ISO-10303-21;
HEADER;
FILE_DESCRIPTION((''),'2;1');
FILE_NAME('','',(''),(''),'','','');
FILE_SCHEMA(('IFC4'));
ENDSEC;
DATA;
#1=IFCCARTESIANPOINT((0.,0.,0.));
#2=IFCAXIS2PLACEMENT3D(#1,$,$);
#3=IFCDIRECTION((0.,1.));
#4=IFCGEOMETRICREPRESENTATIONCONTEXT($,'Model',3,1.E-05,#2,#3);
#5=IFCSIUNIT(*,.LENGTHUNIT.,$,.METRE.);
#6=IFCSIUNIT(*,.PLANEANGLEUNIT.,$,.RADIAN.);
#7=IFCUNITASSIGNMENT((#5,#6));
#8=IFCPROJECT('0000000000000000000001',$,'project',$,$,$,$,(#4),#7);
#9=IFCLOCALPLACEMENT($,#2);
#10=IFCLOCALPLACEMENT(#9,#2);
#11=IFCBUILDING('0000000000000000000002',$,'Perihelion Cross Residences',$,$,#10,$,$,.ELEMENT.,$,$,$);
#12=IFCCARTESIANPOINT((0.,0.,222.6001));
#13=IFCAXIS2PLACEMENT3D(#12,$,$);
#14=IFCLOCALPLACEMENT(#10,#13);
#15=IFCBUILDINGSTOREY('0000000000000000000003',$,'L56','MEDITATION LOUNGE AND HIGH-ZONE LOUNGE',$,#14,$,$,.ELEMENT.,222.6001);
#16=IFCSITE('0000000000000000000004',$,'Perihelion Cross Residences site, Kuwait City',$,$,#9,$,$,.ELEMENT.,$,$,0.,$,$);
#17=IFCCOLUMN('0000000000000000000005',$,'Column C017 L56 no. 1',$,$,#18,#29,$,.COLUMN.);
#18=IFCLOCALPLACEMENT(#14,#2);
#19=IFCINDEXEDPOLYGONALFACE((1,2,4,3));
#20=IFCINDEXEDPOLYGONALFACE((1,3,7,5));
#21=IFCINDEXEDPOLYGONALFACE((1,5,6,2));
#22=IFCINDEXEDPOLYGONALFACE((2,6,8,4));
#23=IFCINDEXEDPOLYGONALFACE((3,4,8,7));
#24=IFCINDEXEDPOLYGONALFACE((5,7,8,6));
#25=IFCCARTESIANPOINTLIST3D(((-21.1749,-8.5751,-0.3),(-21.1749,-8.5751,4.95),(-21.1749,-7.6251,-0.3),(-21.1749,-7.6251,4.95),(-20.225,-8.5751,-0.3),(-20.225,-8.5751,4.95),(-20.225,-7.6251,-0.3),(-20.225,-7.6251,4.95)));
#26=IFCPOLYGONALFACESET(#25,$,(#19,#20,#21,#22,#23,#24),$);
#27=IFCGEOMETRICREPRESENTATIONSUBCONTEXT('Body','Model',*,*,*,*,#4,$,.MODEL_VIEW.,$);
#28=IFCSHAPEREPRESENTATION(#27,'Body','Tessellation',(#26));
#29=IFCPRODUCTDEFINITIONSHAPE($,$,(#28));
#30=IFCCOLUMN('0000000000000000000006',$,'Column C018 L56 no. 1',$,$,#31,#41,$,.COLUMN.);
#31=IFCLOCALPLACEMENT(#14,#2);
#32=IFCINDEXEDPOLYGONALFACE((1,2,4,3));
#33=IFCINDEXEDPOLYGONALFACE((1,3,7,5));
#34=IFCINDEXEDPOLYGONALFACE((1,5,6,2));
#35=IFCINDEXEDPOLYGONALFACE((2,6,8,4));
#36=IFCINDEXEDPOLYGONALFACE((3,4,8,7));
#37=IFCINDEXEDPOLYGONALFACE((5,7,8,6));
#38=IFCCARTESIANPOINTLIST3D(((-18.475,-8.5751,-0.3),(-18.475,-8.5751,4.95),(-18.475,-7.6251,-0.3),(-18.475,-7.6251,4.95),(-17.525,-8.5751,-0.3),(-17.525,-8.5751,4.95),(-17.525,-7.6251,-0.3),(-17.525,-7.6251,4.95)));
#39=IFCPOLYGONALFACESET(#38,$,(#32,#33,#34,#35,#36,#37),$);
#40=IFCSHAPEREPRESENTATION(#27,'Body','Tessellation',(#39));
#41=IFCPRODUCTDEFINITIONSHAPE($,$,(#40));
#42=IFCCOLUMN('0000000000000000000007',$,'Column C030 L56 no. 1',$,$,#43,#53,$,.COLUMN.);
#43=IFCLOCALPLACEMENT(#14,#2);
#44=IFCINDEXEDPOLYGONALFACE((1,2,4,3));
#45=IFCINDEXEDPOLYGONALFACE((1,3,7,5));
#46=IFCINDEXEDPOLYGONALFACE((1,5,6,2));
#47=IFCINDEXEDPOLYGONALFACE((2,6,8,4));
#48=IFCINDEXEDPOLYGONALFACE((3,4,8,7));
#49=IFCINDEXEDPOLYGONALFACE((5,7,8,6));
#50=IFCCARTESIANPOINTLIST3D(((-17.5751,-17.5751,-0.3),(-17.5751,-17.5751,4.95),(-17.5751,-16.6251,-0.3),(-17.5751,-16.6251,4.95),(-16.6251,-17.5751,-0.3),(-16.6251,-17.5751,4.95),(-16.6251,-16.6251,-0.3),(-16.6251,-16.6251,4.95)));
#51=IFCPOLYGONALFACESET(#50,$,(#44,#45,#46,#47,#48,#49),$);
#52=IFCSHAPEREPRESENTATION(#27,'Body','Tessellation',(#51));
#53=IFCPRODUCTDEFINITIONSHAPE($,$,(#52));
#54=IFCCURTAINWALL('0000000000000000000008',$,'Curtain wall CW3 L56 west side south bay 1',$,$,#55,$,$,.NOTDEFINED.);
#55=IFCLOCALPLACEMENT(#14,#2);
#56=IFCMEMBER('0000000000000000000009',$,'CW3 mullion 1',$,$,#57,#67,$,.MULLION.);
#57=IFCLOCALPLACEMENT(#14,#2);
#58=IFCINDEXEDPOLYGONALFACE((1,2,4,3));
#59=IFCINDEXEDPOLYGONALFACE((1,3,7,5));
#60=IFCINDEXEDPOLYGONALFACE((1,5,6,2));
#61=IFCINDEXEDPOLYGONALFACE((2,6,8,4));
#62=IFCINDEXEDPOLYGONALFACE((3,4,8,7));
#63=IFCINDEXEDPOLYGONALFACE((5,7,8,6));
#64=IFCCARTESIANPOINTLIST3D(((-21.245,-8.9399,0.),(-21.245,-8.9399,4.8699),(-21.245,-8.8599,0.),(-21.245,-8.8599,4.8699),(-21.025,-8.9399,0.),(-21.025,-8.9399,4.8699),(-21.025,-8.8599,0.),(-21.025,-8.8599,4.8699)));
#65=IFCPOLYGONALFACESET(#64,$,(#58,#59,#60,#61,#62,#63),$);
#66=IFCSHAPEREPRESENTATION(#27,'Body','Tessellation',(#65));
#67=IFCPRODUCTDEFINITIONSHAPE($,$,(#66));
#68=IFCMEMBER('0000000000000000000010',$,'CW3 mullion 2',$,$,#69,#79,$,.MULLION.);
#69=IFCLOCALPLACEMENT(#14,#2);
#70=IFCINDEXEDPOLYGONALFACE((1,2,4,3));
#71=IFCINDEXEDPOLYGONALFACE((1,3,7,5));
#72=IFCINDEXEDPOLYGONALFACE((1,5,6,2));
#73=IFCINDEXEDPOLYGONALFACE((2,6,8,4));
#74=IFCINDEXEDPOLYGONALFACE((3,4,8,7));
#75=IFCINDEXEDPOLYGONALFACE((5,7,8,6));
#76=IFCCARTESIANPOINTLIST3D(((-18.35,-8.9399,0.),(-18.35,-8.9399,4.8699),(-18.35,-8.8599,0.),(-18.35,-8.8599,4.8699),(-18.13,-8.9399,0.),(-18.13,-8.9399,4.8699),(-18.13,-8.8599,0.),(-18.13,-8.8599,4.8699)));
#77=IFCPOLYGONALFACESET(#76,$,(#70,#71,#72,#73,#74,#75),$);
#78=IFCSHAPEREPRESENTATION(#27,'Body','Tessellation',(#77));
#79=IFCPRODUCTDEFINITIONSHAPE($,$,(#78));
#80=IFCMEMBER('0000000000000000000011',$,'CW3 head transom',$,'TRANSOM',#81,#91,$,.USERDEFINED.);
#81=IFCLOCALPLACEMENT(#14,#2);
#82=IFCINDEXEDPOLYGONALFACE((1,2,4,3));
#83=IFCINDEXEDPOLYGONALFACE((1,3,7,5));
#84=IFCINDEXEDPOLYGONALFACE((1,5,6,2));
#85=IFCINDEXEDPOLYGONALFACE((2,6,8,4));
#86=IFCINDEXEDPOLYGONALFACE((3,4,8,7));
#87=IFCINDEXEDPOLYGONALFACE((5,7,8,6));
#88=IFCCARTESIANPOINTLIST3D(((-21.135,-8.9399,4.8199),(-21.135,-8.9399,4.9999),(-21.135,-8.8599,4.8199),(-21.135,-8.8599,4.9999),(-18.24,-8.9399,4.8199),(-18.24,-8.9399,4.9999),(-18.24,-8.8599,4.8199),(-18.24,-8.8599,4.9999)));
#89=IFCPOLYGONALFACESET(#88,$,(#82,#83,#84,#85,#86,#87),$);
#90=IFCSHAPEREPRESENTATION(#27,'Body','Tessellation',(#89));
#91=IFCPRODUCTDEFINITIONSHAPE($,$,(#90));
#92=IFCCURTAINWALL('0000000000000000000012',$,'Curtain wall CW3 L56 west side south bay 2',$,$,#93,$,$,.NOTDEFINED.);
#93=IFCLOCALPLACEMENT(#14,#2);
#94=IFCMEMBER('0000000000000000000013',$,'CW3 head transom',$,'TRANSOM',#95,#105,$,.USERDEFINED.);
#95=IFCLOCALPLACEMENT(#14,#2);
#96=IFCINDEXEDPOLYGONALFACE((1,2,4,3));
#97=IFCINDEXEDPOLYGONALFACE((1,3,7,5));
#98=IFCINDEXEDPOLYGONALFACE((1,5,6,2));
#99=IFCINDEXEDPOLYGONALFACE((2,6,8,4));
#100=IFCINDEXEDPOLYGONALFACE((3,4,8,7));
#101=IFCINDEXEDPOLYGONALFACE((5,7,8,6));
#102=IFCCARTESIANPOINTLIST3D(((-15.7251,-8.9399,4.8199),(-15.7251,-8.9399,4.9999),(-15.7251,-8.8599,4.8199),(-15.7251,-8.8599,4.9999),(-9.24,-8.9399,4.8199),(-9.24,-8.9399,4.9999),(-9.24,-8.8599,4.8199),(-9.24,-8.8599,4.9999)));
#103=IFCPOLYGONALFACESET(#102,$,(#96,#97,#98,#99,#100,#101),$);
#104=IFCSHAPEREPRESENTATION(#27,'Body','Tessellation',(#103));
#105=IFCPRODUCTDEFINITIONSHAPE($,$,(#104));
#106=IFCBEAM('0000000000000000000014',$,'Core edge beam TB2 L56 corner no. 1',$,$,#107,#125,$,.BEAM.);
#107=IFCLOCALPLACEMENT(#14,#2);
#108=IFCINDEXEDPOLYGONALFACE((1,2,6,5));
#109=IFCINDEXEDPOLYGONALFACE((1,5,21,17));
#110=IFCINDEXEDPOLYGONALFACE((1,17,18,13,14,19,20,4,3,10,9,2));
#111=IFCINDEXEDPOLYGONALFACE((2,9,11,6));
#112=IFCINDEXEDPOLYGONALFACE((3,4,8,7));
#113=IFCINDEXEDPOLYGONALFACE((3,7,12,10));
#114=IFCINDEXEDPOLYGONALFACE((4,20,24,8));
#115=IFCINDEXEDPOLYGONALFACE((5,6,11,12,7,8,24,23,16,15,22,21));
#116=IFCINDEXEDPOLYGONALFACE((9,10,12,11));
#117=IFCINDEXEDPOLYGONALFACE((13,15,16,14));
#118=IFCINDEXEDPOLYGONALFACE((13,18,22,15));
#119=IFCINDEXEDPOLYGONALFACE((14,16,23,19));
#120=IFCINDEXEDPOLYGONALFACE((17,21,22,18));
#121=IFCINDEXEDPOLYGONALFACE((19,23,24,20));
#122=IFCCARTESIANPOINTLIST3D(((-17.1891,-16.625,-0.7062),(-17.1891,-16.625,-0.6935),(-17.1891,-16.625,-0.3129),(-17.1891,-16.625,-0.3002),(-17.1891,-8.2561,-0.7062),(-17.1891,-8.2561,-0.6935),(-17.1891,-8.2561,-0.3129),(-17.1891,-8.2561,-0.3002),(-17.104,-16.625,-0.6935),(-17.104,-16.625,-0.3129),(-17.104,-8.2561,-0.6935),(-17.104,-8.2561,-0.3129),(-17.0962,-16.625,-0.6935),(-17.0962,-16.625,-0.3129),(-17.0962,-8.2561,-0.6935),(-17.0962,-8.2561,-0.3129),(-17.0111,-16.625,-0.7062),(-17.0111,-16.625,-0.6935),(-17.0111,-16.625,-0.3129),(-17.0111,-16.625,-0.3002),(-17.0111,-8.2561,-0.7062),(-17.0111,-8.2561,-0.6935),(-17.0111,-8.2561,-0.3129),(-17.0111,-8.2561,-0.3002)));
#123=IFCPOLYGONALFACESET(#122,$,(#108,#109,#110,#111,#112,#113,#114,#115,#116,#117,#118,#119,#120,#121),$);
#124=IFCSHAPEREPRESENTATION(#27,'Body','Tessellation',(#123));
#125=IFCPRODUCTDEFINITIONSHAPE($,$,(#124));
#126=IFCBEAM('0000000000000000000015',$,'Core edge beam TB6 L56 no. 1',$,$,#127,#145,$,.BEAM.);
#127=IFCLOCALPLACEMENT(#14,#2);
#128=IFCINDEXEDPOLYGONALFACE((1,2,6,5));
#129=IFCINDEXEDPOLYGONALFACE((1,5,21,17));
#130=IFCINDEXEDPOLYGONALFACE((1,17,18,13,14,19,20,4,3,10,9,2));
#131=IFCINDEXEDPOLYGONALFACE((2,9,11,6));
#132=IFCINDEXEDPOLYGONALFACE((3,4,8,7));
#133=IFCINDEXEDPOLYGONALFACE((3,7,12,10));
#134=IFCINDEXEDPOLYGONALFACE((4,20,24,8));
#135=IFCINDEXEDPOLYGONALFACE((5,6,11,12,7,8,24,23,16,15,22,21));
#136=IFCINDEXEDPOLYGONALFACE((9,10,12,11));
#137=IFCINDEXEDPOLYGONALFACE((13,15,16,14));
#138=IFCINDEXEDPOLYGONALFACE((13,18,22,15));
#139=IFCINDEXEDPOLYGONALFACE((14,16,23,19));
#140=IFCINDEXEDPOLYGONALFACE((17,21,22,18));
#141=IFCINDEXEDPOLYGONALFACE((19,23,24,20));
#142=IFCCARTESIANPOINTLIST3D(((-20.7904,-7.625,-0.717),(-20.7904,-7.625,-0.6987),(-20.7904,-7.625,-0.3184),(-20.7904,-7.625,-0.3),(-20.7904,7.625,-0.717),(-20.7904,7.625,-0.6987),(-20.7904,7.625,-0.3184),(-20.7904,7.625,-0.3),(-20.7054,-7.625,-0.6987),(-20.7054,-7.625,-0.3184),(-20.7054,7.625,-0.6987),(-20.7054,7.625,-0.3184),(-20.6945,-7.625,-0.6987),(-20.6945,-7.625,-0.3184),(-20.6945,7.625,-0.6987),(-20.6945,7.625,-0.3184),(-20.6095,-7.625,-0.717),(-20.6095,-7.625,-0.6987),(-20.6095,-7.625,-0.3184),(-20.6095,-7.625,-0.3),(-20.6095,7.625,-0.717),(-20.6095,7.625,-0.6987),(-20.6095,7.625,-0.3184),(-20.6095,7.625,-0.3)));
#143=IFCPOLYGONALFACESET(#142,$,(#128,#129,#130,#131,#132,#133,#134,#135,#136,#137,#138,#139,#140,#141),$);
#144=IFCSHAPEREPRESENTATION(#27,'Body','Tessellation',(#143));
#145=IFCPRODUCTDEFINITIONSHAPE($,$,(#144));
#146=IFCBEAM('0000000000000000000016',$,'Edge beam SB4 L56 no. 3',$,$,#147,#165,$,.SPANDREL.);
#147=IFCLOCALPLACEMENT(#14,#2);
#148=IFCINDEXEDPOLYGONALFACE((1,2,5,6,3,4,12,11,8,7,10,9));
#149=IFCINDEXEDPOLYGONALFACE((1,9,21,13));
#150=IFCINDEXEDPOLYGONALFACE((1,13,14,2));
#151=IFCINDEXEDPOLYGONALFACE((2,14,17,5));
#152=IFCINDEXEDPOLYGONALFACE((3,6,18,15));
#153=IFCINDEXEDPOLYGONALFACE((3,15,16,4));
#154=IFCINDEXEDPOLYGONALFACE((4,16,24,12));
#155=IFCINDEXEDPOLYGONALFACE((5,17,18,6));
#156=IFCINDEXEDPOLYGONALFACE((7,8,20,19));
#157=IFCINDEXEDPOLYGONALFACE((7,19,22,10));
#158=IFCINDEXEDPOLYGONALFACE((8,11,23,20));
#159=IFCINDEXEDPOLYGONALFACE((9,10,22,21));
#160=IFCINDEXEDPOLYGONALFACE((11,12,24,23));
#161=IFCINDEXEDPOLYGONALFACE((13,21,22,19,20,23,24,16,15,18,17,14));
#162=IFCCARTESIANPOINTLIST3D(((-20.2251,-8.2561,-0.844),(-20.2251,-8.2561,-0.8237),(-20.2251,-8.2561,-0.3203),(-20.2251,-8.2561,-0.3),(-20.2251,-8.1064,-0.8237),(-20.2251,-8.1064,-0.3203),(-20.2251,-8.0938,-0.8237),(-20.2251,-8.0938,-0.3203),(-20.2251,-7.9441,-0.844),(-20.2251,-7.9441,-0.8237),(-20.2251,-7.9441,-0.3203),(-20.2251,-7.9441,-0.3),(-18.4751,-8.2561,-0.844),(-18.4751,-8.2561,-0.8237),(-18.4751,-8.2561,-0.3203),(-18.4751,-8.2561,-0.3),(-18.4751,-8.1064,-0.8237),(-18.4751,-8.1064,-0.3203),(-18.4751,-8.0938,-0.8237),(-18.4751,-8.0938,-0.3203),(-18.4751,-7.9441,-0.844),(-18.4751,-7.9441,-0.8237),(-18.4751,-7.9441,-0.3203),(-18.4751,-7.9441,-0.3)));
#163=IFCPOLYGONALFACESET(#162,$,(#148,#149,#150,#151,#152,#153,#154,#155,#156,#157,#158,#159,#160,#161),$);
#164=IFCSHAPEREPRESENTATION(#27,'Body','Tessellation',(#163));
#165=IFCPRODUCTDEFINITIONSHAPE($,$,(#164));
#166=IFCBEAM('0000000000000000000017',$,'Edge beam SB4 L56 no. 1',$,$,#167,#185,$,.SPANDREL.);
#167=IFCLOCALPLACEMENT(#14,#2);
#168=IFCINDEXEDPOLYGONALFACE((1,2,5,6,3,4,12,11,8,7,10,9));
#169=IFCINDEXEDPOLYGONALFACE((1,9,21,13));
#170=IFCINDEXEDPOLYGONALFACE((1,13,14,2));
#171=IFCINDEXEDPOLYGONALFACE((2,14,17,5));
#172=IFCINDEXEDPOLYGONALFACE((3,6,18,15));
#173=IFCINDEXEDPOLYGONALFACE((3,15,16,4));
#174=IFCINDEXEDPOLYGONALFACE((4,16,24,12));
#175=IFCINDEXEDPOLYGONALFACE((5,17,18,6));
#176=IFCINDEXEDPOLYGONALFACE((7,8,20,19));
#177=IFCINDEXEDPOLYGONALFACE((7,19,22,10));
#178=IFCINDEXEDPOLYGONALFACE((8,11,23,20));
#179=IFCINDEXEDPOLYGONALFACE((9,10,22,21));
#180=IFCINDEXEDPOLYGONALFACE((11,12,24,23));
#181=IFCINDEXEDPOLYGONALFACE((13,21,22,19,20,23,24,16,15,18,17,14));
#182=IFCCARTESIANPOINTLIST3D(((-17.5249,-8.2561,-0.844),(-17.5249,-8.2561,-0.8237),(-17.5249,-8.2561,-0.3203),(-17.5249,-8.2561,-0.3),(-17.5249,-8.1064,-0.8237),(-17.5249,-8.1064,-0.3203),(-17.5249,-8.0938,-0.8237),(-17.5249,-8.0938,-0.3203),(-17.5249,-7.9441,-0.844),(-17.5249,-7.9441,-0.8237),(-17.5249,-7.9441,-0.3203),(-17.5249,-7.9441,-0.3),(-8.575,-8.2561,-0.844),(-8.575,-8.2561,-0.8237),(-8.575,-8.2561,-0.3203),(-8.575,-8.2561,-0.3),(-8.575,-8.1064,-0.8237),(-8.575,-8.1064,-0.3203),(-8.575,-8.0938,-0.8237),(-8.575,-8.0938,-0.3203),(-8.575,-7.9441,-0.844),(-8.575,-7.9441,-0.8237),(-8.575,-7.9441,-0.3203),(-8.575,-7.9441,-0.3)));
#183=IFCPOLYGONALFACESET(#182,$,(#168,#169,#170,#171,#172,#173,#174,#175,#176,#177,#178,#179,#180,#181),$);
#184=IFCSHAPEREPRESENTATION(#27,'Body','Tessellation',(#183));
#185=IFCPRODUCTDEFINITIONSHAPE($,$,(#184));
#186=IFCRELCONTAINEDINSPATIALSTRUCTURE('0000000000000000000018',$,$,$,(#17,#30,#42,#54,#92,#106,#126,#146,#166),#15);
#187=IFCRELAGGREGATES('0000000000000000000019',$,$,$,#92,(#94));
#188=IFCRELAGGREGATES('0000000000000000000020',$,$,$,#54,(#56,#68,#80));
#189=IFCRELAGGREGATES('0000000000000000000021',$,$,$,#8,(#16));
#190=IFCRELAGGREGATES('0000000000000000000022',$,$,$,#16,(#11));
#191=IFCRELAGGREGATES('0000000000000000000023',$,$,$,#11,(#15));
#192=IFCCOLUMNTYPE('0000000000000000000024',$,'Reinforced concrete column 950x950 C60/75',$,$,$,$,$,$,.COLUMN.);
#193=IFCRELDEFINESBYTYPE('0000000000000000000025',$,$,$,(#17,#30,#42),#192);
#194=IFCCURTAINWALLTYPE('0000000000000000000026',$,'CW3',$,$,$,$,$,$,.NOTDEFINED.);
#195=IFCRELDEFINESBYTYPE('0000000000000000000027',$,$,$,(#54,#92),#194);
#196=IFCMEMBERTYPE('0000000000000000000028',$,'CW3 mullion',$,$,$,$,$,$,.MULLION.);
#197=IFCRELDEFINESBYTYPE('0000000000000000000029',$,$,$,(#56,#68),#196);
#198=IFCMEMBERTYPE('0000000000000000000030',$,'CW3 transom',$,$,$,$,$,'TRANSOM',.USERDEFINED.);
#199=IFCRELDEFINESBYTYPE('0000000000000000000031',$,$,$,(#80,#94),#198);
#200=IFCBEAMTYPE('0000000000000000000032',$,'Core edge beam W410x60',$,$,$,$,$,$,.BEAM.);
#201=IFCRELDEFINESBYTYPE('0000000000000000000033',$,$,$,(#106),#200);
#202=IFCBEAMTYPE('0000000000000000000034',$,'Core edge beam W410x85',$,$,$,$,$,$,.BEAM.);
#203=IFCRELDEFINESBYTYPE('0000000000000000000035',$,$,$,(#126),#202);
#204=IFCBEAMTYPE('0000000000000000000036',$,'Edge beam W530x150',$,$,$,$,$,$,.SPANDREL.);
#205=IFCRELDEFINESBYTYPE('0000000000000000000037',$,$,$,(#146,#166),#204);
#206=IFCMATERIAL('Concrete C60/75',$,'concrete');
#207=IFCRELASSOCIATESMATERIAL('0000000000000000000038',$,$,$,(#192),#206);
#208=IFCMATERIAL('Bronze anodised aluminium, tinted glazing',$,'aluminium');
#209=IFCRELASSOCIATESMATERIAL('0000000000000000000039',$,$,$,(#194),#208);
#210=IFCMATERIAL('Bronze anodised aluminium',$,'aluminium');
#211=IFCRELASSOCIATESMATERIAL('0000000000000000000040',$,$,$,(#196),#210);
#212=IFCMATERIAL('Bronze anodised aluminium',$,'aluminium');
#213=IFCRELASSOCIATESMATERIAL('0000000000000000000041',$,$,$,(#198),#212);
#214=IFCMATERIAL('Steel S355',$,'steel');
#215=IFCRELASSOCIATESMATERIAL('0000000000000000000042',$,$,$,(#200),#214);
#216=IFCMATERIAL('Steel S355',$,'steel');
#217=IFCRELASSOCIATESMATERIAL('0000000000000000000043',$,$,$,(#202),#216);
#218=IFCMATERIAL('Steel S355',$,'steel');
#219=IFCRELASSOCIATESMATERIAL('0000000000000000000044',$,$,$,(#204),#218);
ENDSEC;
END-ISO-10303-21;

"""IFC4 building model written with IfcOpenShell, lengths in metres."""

from ifc_helpers import new_model, si_unit, direction, frame, origin, origin_2d, place, context, subcontext, project, spatial, rectangle, i_section, extrude, material, material_profile, profile_set, type_object, element, aggregate, save


model = new_model("IFC4")

# Units and contexts
model_context = context("Model", 3, precision=1e-05, world=origin(), true_north=direction((0.0, 1.0)))
body_context = subcontext(model_context, "Body", "Model", "MODEL_VIEW")
ifc_project = project(units=[si_unit("LENGTHUNIT", "METRE"), si_unit("PLANEANGLEUNIT", "RADIAN")], contexts=[model_context])

# Site, building, storey
site_placement = place(None, origin())
site = spatial("IfcSite", under=ifc_project, at=site_placement, Name="Perihelion Cross Residences site, Kuwait City", CompositionType="ELEMENT", RefElevation=0.0)
building_placement = place(site_placement, origin())
building = spatial("IfcBuilding", under=site, at=building_placement, Name="Perihelion Cross Residences", CompositionType="ELEMENT")
storey_placement = place(building_placement, frame((0.0, 0.0, 222.6001)))
storey = spatial("IfcBuildingStorey", under=building, at=storey_placement, Name="L56", Description="MEDITATION LOUNGE AND HIGH-ZONE LOUNGE", CompositionType="ELEMENT", Elevation=222.6001)

# Columns
ifc_material_1 = material(Name="Concrete C60/75", Category="concrete")
ifc_material_profile_1 = material_profile(ifc_material_1, rectangle(XDim=0.95, YDim=0.95, at=origin_2d()), Name="RC 950x950")
ifc_profile_set_1 = profile_set([ifc_material_profile_1], Name="Concrete C60/75")
column_type = type_object("IfcColumnType", Name="Reinforced concrete column 950x950 C60/75", PredefinedType="COLUMN", material=ifc_profile_set_1)
for number, where, z_axis, x_axis, name in (
    (1, (-20.7, -8.1001, -0.3), (0.0, 0.0, 1.0), (1.0, 0.0, 0.0), "Column C017 L56 no. 1"),
    (2, (-18.0, -8.1001, -0.3), (0.0, 0.0, 1.0), (1.0, 0.0, 0.0), "Column C018 L56 no. 1"),
    (3, (-17.1001, -17.1001, -0.3), (0.0, 0.0, 1.0), (1.0, 0.0, 0.0), "Column C030 L56 no. 1"),
):
    element("IfcColumn", number, at=place(storey_placement, frame(where, z_axis=z_axis, x_axis=x_axis)), inside=storey, type_object=column_type, Name=name, PredefinedType="COLUMN", context=body_context, shape_type="SweptSolid", body=[
        extrude(rectangle(XDim=0.95, YDim=0.95, at=origin_2d()), origin(), (0.0, 0.0, 1.0), 5.25),
    ])

# Curtain wall, members
ifc_material_2 = material(Name="Bronze anodised aluminium, tinted glazing", Category="aluminium")
curtain_wall_type = type_object("IfcCurtainWallType", Name="CW3", PredefinedType="NOTDEFINED", material=ifc_material_2)
curtain_wall_1_placement = place(storey_placement, origin())
curtain_wall_1 = element("IfcCurtainWall", 4, at=curtain_wall_1_placement, inside=storey, type_object=curtain_wall_type, Name="Curtain wall CW3 L56 west side south bay 1", PredefinedType="NOTDEFINED")
ifc_material_3 = material(Name="Bronze anodised aluminium", Category="aluminium")
ifc_material_profile_2 = material_profile(ifc_material_3, rectangle(XDim=0.0801, YDim=0.22, at=origin_2d()), Name="CW3 mullion")
ifc_profile_set_2 = profile_set([ifc_material_profile_2], Name="Bronze anodised aluminium")
member_type_1 = type_object("IfcMemberType", Name="CW3 mullion", PredefinedType="MULLION", material=ifc_profile_set_2)
member_1_placement = place(storey_placement, frame((-21.135, -8.8999, 0.0), z_axis=(0.0, 0.0, 1.0), x_axis=(0.0, 1.0, 0.0)))
member_1 = element("IfcMember", 5, at=member_1_placement, type_object=member_type_1, Name="CW3 mullion 1", PredefinedType="MULLION", context=body_context, shape_type="SweptSolid", body=[
    extrude(rectangle(XDim=0.0801, YDim=0.22, at=origin_2d()), origin(), (0.0, 0.0, 1.0), 4.8699),
])
member_2_placement = place(storey_placement, frame((-18.24, -8.8999, 0.0), z_axis=(0.0, 0.0, 1.0), x_axis=(0.0, 1.0, 0.0)))
member_2 = element("IfcMember", 6, at=member_2_placement, type_object=member_type_1, Name="CW3 mullion 2", PredefinedType="MULLION", context=body_context, shape_type="SweptSolid", body=[
    extrude(rectangle(XDim=0.0801, YDim=0.22, at=origin_2d()), origin(), (0.0, 0.0, 1.0), 4.8699),
])
ifc_material_4 = material(Name="Bronze anodised aluminium", Category="aluminium")
ifc_material_profile_3 = material_profile(ifc_material_4, rectangle(XDim=0.0801, YDim=0.1799, at=origin_2d()), Name="CW3 transom")
ifc_profile_set_3 = profile_set([ifc_material_profile_3], Name="Bronze anodised aluminium")
member_type_2 = type_object("IfcMemberType", Name="CW3 transom", ElementType="TRANSOM", PredefinedType="USERDEFINED", material=ifc_profile_set_3)
member_3_placement = place(storey_placement, frame((-21.135, -8.8999, 4.9099), z_axis=(1.0, 0.0, 0.0), x_axis=(0.0, 1.0, 0.0)))
member_3 = element("IfcMember", 7, at=member_3_placement, type_object=member_type_2, Name="CW3 head transom", ObjectType="TRANSOM", PredefinedType="USERDEFINED", context=body_context, shape_type="SweptSolid", body=[
    extrude(rectangle(XDim=0.0801, YDim=0.1799, at=origin_2d()), origin(), (0.0, 0.0, 1.0), 2.895),
])

# Curtain wall, member
curtain_wall_2_placement = place(storey_placement, origin())
curtain_wall_2 = element("IfcCurtainWall", 8, at=curtain_wall_2_placement, inside=storey, type_object=curtain_wall_type, Name="Curtain wall CW3 L56 west side south bay 2", PredefinedType="NOTDEFINED")
member_4_placement = place(storey_placement, frame((-15.7251, -8.8999, 4.9099), z_axis=(1.0, 0.0, 0.0), x_axis=(0.0, 1.0, 0.0)))
member_4 = element("IfcMember", 9, at=member_4_placement, type_object=member_type_2, Name="CW3 head transom", ObjectType="TRANSOM", PredefinedType="USERDEFINED", context=body_context, shape_type="SweptSolid", body=[
    extrude(rectangle(XDim=0.0801, YDim=0.1799, at=origin_2d()), origin(), (0.0, 0.0, 1.0), 6.4851),
])
aggregate(curtain_wall_2, [member_4])

# Beams
ifc_material_5 = material(Name="Steel S355", Category="steel")
ifc_material_profile_4 = material_profile(ifc_material_5, i_section(OverallWidth=0.178, OverallDepth=0.406, WebThickness=0.0078, FlangeThickness=0.0127, at=origin_2d()), Name="W410x60")
ifc_profile_set_4 = profile_set([ifc_material_profile_4], Name="Steel S355")
beam_type_1 = type_object("IfcBeamType", Name="Core edge beam W410x60", PredefinedType="BEAM", material=ifc_profile_set_4)
beam_1_placement = place(storey_placement, frame((-17.1001, -8.2561, -0.5032), z_axis=(0.0, -1.0, 0.0), x_axis=(1.0, 0.0, 0.0)))
element("IfcBeam", 10, at=beam_1_placement, inside=storey, type_object=beam_type_1, Name="Core edge beam TB2 L56 corner no. 1", PredefinedType="BEAM", context=body_context, shape_type="SweptSolid", body=[
    extrude(i_section(OverallWidth=0.178, OverallDepth=0.406, WebThickness=0.0078, FlangeThickness=0.0127, at=origin_2d()), origin(), (0.0, 0.0, 1.0), 8.3689),
])
ifc_material_6 = material(Name="Steel S355", Category="steel")
ifc_material_profile_5 = material_profile(ifc_material_6, i_section(OverallWidth=0.1809, OverallDepth=0.417, WebThickness=0.011, FlangeThickness=0.0183, at=origin_2d()), Name="W410x85")
ifc_profile_set_5 = profile_set([ifc_material_profile_5], Name="Steel S355")
beam_type_2 = type_object("IfcBeamType", Name="Core edge beam W410x85", PredefinedType="BEAM", material=ifc_profile_set_5)
beam_2_placement = place(storey_placement, frame((-20.7, -7.625, -0.5085), z_axis=(0.0, 1.0, 0.0), x_axis=(-1.0, 0.0, 0.0)))
element("IfcBeam", 11, at=beam_2_placement, inside=storey, type_object=beam_type_2, Name="Core edge beam TB6 L56 no. 1", PredefinedType="BEAM", context=body_context, shape_type="SweptSolid", body=[
    extrude(i_section(OverallWidth=0.1809, OverallDepth=0.417, WebThickness=0.011, FlangeThickness=0.0183, at=origin_2d()), origin(), (0.0, 0.0, 1.0), 15.25),
])
ifc_material_7 = material(Name="Steel S355", Category="steel")
ifc_material_profile_6 = material_profile(ifc_material_7, i_section(OverallWidth=0.312, OverallDepth=0.5439, WebThickness=0.0127, FlangeThickness=0.0203, at=origin_2d()), Name="W530x150")
ifc_profile_set_6 = profile_set([ifc_material_profile_6], Name="Steel S355")
beam_type_3 = type_object("IfcBeamType", Name="Edge beam W530x150", PredefinedType="SPANDREL", material=ifc_profile_set_6)
beam_3_placement = place(storey_placement, frame((-20.2251, -8.1001, -0.572), z_axis=(1.0, 0.0, 0.0), x_axis=(0.0, 1.0, 0.0)))
element("IfcBeam", 12, at=beam_3_placement, inside=storey, type_object=beam_type_3, Name="Edge beam SB4 L56 no. 3", PredefinedType="SPANDREL", context=body_context, shape_type="SweptSolid", body=[
    extrude(i_section(OverallWidth=0.312, OverallDepth=0.5439, WebThickness=0.0127, FlangeThickness=0.0203, at=origin_2d()), origin(), (0.0, 0.0, 1.0), 1.75),
])
beam_4_placement = place(storey_placement, frame((-17.5249, -8.1001, -0.572), z_axis=(1.0, 0.0, 0.0), x_axis=(0.0, 1.0, 0.0)))
element("IfcBeam", 13, at=beam_4_placement, inside=storey, type_object=beam_type_3, Name="Edge beam SB4 L56 no. 1", PredefinedType="SPANDREL", context=body_context, shape_type="SweptSolid", body=[
    extrude(i_section(OverallWidth=0.312, OverallDepth=0.5439, WebThickness=0.0127, FlangeThickness=0.0203, at=origin_2d()), origin(), (0.0, 0.0, 1.0), 8.95),
])

aggregate(curtain_wall_1, [member_1, member_2, member_3])

save(model, "model.ifc")
